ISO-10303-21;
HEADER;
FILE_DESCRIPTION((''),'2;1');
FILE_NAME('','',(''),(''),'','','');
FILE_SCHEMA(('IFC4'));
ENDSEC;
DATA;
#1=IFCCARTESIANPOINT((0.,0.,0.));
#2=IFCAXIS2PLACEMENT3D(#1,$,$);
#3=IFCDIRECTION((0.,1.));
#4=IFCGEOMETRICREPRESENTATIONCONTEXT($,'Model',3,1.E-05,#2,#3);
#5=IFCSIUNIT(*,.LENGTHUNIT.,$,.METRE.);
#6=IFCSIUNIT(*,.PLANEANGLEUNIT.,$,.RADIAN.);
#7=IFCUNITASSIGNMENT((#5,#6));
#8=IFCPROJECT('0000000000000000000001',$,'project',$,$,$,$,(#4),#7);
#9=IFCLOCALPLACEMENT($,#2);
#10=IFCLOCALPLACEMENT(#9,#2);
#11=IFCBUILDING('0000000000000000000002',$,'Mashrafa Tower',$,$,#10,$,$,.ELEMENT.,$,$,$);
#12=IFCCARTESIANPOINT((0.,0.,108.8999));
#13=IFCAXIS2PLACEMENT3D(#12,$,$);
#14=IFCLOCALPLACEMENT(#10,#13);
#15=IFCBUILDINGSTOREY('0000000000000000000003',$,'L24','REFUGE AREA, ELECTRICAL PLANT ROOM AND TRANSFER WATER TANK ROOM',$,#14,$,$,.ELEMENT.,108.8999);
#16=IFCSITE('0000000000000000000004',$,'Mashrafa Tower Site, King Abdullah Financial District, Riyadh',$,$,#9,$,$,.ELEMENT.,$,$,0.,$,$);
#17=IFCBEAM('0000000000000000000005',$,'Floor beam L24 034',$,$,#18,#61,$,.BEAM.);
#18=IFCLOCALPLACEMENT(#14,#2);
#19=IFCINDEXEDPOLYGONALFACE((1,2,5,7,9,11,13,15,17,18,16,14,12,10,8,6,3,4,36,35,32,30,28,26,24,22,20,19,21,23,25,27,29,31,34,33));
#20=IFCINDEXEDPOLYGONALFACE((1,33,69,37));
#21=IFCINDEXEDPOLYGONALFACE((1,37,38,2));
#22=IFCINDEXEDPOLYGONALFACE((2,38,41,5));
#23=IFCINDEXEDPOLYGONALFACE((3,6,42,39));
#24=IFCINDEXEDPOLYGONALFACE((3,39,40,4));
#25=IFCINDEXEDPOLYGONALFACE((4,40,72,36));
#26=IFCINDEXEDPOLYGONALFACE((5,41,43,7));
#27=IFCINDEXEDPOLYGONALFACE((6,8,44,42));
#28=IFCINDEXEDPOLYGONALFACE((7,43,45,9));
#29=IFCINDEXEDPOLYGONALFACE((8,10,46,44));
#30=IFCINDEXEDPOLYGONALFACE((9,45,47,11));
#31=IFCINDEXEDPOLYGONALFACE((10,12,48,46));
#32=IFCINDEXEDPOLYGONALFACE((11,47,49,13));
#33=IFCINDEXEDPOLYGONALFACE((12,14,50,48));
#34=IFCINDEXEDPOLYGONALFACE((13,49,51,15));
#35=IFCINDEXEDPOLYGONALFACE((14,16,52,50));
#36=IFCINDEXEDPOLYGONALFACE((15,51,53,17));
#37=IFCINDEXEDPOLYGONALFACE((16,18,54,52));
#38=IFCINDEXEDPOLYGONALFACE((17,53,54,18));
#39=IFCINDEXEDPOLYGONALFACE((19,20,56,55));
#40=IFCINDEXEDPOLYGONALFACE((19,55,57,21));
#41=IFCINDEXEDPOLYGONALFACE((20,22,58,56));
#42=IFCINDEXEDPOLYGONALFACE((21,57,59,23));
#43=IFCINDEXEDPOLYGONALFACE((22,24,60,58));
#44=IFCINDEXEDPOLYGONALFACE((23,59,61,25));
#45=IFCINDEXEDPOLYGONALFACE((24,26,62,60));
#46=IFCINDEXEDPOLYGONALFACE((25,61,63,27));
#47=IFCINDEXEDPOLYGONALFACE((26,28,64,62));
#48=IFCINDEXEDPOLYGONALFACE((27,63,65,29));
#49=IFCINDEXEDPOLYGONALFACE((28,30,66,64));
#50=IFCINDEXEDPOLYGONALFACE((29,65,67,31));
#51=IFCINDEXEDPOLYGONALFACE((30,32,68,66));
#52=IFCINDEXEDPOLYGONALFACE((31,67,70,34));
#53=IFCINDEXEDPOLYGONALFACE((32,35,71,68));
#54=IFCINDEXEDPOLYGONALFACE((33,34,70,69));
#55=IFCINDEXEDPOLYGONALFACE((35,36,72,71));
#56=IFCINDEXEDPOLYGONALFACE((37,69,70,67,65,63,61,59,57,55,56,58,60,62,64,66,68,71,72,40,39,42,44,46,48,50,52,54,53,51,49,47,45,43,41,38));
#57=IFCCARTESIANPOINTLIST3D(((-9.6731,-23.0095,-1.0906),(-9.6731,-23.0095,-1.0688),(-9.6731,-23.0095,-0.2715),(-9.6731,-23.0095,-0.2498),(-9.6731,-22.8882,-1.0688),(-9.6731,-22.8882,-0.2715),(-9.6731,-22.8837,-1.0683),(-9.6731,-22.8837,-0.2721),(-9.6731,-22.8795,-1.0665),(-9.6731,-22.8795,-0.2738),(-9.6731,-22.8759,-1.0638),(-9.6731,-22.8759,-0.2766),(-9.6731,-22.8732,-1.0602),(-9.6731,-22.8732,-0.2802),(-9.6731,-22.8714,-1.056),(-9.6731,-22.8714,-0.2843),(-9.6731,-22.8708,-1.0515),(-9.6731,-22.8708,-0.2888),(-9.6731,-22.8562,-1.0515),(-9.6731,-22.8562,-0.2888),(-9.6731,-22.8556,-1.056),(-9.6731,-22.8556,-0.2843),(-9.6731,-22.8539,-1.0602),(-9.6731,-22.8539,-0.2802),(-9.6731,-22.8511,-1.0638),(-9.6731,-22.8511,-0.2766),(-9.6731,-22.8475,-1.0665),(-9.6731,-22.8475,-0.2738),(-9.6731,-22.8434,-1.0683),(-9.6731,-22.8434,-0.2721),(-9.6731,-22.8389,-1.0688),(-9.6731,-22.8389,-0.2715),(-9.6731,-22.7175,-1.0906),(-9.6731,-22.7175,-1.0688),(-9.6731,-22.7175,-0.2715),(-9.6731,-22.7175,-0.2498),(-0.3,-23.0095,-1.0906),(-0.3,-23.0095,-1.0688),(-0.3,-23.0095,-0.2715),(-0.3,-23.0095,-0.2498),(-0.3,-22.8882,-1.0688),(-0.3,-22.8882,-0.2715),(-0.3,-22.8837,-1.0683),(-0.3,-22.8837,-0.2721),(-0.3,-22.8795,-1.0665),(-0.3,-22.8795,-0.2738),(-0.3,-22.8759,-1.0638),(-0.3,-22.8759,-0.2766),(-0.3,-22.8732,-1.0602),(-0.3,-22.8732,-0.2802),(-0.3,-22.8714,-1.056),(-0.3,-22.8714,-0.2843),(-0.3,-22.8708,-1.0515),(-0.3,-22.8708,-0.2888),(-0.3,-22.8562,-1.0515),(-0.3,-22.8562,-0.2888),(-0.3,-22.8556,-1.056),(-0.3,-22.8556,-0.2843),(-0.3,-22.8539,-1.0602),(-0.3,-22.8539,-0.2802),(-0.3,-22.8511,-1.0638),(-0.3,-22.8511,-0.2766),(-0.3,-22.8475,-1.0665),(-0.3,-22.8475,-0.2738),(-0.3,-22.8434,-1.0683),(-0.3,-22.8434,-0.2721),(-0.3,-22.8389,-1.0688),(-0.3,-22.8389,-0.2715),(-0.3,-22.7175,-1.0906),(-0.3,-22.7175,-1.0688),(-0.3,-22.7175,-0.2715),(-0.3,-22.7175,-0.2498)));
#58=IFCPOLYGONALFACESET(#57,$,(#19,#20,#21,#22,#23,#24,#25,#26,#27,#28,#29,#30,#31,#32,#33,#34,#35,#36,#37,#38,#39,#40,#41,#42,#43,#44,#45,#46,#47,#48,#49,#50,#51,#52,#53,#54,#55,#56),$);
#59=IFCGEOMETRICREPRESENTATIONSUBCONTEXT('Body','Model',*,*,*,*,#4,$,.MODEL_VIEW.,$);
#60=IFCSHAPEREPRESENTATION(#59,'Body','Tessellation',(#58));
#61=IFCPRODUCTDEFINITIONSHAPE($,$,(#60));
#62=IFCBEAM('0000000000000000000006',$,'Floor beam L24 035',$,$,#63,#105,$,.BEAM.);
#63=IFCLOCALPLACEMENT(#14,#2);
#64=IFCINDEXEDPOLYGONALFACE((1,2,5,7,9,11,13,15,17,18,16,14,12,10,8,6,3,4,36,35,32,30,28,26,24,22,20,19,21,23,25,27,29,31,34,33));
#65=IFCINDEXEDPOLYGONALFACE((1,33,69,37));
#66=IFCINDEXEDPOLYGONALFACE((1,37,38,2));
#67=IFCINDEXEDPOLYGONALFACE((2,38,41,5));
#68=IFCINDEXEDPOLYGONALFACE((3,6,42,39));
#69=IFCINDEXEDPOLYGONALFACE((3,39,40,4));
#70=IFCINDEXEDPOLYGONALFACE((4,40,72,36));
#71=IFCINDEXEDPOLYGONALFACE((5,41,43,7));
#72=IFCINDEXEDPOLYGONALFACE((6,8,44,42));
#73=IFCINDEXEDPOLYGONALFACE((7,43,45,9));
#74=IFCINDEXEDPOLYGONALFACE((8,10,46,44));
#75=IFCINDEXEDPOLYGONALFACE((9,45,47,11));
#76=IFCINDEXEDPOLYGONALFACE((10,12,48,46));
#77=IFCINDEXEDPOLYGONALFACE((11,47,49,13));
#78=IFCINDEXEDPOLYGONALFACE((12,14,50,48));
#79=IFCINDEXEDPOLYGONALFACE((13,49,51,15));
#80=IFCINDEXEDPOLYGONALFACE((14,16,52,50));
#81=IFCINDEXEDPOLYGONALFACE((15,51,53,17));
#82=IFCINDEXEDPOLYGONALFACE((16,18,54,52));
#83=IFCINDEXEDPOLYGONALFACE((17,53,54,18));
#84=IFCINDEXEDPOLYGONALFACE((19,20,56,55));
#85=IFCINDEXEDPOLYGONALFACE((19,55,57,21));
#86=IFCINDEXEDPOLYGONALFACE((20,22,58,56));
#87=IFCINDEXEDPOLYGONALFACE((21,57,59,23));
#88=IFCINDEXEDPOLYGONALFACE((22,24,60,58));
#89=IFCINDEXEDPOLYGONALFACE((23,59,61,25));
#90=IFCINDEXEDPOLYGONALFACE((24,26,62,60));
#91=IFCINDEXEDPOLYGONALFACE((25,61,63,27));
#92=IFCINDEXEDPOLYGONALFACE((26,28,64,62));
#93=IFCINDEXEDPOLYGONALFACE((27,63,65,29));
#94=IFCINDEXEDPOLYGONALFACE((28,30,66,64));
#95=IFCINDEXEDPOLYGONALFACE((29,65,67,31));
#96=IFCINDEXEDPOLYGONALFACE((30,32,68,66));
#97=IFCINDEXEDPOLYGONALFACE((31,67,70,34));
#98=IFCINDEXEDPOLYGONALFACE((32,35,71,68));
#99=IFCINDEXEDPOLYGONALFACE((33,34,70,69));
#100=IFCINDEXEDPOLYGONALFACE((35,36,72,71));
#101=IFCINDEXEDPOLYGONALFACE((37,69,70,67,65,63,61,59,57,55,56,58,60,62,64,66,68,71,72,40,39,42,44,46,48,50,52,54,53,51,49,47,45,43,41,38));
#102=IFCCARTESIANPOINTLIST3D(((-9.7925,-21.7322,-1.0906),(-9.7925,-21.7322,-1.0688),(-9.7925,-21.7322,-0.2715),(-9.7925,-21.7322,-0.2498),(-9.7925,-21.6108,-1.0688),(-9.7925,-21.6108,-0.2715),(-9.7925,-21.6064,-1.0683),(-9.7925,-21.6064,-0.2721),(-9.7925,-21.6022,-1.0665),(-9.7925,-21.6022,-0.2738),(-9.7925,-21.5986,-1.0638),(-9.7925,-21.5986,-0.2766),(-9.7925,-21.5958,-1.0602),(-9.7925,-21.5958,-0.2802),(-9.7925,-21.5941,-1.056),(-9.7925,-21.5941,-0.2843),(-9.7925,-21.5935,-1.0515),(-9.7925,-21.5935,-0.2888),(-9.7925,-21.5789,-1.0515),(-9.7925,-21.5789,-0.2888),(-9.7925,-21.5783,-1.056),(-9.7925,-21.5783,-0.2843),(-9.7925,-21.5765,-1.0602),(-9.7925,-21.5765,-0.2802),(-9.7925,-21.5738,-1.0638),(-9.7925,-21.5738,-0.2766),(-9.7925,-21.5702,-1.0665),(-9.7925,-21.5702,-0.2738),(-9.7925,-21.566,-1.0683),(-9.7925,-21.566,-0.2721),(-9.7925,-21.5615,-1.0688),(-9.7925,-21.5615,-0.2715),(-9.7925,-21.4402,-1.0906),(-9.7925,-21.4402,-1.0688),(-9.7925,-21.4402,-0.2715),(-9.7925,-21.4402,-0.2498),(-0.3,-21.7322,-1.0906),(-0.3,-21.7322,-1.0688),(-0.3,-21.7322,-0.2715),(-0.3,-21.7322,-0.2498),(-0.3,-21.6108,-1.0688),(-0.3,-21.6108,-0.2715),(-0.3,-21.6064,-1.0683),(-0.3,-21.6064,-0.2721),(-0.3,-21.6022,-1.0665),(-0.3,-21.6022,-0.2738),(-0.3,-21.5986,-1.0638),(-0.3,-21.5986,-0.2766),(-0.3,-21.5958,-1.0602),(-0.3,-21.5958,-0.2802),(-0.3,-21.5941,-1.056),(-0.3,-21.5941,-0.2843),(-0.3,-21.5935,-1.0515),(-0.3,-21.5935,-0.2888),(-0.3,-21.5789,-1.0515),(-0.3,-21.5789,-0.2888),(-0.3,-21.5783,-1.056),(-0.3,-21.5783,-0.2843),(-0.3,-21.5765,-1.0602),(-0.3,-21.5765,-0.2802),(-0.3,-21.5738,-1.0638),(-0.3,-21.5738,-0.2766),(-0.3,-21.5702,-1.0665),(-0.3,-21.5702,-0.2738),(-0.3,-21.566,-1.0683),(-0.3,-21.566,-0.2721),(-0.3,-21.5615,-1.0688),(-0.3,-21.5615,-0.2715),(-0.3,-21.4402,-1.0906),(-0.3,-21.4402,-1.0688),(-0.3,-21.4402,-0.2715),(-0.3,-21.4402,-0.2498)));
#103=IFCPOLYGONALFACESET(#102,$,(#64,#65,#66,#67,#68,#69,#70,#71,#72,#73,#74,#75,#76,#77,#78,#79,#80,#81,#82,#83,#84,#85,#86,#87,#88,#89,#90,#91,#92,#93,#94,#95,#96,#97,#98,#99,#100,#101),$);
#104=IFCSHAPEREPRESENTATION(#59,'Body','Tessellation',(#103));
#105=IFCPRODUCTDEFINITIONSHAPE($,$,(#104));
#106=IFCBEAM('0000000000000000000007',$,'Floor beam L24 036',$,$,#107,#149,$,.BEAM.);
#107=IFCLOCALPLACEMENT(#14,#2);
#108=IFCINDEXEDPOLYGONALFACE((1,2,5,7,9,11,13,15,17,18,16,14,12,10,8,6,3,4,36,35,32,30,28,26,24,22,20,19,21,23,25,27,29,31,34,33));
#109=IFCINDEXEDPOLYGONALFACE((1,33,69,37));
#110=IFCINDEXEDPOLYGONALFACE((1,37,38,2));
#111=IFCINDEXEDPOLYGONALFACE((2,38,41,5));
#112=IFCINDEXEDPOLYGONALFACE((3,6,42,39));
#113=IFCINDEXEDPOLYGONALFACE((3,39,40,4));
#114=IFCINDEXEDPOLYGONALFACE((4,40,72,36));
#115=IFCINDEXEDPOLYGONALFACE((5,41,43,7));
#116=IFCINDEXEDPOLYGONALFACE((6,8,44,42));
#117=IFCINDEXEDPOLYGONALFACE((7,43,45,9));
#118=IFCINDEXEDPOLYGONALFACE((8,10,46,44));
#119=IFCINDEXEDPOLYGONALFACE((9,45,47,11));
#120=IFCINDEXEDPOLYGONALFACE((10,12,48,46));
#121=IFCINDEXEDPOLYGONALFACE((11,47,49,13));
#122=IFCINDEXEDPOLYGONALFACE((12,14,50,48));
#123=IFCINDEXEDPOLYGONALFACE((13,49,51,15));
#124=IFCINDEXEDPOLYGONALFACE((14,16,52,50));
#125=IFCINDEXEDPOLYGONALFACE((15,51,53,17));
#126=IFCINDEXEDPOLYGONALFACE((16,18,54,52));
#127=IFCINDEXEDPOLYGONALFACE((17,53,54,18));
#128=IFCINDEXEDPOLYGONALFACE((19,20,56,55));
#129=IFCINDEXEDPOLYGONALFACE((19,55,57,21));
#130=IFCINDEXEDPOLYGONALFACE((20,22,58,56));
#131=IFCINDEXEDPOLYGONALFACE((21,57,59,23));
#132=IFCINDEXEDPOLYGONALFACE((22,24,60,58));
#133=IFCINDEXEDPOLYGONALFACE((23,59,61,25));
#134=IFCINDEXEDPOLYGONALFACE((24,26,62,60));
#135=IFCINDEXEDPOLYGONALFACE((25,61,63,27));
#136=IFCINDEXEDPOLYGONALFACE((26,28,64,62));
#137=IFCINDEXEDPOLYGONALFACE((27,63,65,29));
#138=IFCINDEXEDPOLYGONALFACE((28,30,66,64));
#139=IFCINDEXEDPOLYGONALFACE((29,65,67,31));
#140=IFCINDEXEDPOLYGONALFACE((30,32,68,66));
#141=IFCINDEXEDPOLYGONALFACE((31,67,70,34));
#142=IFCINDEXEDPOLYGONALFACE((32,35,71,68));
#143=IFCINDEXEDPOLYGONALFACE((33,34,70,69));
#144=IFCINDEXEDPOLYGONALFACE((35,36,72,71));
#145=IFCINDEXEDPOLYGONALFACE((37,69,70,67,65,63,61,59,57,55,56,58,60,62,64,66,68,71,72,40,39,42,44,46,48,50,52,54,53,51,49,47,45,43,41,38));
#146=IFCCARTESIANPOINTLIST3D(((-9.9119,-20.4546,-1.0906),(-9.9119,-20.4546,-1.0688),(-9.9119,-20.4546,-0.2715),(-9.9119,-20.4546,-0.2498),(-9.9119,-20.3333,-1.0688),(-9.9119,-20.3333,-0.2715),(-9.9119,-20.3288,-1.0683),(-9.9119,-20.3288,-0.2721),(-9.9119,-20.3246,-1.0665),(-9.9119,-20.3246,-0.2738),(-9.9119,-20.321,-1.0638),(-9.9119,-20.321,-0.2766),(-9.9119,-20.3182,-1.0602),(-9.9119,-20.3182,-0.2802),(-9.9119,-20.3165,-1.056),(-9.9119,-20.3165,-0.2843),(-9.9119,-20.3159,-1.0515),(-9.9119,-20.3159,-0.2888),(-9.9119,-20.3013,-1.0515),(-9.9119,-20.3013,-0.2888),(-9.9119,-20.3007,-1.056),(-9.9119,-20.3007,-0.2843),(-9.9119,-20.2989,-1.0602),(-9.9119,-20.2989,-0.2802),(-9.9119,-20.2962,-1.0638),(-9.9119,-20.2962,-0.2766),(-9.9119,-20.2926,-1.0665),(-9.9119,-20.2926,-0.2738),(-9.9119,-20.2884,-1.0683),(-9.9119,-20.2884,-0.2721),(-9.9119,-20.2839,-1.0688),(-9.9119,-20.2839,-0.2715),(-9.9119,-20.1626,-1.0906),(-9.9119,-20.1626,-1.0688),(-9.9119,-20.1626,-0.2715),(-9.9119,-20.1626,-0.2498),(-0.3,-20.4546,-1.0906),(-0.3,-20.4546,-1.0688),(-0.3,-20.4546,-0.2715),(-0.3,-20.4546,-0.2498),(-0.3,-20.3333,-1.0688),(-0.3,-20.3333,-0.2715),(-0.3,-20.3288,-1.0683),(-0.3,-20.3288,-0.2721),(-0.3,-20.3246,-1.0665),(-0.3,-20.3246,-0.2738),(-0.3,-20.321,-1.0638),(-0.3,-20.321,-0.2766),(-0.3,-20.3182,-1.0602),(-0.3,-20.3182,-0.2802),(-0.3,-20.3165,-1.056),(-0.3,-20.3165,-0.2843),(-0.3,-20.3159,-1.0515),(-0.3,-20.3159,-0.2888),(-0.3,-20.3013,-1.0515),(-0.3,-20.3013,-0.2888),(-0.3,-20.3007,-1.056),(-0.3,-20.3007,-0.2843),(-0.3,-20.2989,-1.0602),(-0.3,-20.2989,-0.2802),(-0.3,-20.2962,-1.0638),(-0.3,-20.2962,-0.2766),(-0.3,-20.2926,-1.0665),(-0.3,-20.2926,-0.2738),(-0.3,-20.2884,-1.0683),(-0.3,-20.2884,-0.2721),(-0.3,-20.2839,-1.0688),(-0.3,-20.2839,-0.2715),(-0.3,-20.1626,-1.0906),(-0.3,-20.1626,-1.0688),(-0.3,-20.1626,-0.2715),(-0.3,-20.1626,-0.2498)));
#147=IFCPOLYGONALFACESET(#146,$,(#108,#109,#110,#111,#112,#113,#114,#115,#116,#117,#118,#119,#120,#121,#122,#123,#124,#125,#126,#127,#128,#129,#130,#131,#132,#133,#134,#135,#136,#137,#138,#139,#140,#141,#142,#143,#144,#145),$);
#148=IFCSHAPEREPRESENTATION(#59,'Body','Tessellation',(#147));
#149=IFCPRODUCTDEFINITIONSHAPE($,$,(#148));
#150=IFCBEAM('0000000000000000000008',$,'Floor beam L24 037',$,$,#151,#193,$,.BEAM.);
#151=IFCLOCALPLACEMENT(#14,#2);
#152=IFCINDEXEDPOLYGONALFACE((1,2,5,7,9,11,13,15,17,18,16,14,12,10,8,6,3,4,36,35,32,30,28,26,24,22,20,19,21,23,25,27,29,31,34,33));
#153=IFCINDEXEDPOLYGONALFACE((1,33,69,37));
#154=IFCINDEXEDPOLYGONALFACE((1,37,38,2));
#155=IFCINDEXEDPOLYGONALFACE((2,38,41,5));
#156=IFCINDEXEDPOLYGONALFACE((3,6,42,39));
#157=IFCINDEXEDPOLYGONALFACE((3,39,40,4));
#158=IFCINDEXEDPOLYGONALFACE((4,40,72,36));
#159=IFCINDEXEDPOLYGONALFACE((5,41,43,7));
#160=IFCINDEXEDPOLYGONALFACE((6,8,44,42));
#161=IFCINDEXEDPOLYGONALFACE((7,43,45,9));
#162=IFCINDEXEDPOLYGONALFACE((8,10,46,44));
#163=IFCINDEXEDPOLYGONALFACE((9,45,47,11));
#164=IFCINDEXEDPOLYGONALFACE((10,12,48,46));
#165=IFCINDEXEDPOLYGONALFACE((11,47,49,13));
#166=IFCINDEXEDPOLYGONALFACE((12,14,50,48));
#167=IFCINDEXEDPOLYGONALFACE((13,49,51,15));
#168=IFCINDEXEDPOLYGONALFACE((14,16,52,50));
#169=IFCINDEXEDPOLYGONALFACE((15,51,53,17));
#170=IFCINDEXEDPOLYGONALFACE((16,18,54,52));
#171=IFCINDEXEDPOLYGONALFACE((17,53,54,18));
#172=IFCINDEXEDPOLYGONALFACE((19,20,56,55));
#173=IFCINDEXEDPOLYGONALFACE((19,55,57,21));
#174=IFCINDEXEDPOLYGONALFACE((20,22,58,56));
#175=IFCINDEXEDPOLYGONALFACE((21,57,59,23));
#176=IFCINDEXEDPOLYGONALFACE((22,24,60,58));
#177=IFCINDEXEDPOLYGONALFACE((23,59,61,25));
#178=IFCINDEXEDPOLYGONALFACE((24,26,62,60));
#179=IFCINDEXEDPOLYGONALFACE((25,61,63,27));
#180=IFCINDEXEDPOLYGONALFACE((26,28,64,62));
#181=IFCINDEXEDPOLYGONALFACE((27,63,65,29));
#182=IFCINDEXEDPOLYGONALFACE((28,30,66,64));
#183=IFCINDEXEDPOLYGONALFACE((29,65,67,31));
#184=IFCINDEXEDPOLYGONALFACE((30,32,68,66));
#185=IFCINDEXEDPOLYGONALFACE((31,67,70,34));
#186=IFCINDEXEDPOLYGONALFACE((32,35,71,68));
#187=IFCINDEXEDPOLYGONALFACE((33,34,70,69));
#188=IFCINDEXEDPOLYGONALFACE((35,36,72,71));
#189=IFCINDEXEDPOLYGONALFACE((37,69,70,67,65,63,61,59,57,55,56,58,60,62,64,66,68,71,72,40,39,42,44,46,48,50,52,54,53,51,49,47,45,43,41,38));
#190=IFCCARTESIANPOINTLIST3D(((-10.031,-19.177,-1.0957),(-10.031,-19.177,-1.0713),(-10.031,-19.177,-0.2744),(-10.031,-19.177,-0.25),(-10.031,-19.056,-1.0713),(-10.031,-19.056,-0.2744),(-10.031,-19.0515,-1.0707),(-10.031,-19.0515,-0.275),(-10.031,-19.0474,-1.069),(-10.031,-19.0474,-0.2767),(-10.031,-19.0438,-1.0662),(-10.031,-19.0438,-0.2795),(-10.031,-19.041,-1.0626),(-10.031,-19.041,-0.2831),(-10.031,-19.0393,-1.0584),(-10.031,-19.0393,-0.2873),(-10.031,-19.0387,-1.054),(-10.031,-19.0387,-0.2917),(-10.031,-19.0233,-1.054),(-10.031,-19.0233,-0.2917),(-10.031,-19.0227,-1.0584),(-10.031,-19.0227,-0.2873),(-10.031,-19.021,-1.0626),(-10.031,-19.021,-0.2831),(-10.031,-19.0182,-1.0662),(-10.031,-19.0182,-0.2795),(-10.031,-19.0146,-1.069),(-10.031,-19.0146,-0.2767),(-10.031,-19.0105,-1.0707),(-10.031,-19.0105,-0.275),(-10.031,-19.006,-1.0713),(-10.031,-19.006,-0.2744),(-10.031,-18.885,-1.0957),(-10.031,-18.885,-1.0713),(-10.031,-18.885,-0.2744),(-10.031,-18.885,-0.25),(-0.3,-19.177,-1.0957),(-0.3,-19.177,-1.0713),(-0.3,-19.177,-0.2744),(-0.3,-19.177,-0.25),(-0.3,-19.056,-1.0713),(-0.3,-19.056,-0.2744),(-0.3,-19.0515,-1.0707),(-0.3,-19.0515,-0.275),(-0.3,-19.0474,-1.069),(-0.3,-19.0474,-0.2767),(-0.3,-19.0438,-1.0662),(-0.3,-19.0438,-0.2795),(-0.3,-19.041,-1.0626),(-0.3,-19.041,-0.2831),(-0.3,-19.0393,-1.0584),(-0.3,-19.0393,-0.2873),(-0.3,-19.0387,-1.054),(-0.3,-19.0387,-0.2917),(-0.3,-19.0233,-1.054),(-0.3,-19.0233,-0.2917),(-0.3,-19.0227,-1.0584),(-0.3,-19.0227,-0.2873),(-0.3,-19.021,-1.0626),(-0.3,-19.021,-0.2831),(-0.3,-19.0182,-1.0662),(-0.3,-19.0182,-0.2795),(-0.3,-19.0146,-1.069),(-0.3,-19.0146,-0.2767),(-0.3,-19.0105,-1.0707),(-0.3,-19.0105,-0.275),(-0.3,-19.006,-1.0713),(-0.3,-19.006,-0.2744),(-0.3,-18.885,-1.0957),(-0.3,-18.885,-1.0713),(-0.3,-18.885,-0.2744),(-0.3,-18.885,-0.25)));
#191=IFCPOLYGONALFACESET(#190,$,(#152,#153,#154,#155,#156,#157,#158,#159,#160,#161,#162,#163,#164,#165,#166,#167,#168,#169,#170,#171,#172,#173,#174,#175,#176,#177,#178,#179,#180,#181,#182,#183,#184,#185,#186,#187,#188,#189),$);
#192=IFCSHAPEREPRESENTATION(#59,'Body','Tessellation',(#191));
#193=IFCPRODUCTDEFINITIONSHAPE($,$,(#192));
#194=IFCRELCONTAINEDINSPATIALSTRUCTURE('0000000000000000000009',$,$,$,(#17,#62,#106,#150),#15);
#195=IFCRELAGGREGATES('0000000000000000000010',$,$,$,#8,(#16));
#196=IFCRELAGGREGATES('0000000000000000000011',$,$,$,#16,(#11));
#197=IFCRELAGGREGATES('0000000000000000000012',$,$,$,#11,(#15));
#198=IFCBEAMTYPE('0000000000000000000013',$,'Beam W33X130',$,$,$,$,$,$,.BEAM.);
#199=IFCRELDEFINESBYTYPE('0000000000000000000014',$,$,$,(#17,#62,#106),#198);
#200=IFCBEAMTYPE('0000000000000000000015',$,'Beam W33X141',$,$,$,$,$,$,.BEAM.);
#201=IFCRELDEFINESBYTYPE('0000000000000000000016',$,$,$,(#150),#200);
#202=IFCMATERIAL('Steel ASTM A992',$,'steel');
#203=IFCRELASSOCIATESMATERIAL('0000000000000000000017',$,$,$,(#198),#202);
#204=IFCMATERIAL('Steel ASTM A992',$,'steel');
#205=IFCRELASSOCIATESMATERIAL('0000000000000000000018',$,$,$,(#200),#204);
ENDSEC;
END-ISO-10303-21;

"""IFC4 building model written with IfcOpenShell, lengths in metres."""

from ifc_helpers import new_model, si_unit, direction, frame, origin, origin_2d, place, context, subcontext, project, spatial, i_section, extrude, material, material_profile, profile_set, type_object, element, save


model = new_model("IFC4")

# Units and contexts
model_context = context("Model", 3, precision=1e-05, world=origin(), true_north=direction((0.0, 1.0)))
body_context = subcontext(model_context, "Body", "Model", "MODEL_VIEW")
ifc_project = project(units=[si_unit("LENGTHUNIT", "METRE"), si_unit("PLANEANGLEUNIT", "RADIAN")], contexts=[model_context])

# Site, building, storey
site_placement = place(None, origin())
site = spatial("IfcSite", under=ifc_project, at=site_placement, Name="Mashrafa Tower Site, King Abdullah Financial District, Riyadh", CompositionType="ELEMENT", RefElevation=0.0)
building_placement = place(site_placement, origin())
building = spatial("IfcBuilding", under=site, at=building_placement, Name="Mashrafa Tower", CompositionType="ELEMENT")
storey_placement = place(building_placement, frame((0.0, 0.0, 108.8999)))
storey = spatial("IfcBuildingStorey", under=building, at=storey_placement, Name="L24", Description="REFUGE AREA, ELECTRICAL PLANT ROOM AND TRANSFER WATER TANK ROOM", CompositionType="ELEMENT", Elevation=108.8999)

# Beams
ifc_material_1 = material(Name="Steel ASTM A992", Category="steel")
ifc_material_profile_1 = material_profile(ifc_material_1, i_section(OverallWidth=0.292, OverallDepth=0.8408, WebThickness=0.0146, FlangeThickness=0.0217, FilletRadius=0.0173, at=origin_2d()), Name="W33X130")
ifc_profile_set_1 = profile_set([ifc_material_profile_1], Name="Steel ASTM A992")
beam_type_1 = type_object("IfcBeamType", Name="Beam W33X130", PredefinedType="BEAM", material=ifc_profile_set_1)
beam_1_placement = place(storey_placement, frame((-0.3, -22.8635, -0.6702), z_axis=(-1.0, 0.0, 0.0), x_axis=(0.0, -1.0, 0.0)))
element("IfcBeam", 1, at=beam_1_placement, inside=storey, type_object=beam_type_1, Name="Floor beam L24 034", PredefinedType="BEAM", context=body_context, shape_type="SweptSolid", body=[
    extrude(i_section(OverallWidth=0.292, OverallDepth=0.8408, WebThickness=0.0146, FlangeThickness=0.0217, FilletRadius=0.0173, at=origin_2d()), origin(), (0.0, 0.0, 1.0), 9.373),
])
beam_2_placement = place(storey_placement, frame((-0.3, -21.5862, -0.6702), z_axis=(-1.0, 0.0, 0.0), x_axis=(0.0, -1.0, 0.0)))
element("IfcBeam", 2, at=beam_2_placement, inside=storey, type_object=beam_type_1, Name="Floor beam L24 035", PredefinedType="BEAM", context=body_context, shape_type="SweptSolid", body=[
    extrude(i_section(OverallWidth=0.292, OverallDepth=0.8408, WebThickness=0.0146, FlangeThickness=0.0217, FilletRadius=0.0173, at=origin_2d()), origin(), (0.0, 0.0, 1.0), 9.4924),
])
beam_3_placement = place(storey_placement, frame((-0.3, -20.3086, -0.6702), z_axis=(-1.0, 0.0, 0.0), x_axis=(0.0, -1.0, 0.0)))
element("IfcBeam", 3, at=beam_3_placement, inside=storey, type_object=beam_type_1, Name="Floor beam L24 036", PredefinedType="BEAM", context=body_context, shape_type="SweptSolid", body=[
    extrude(i_section(OverallWidth=0.292, OverallDepth=0.8408, WebThickness=0.0146, FlangeThickness=0.0217, FilletRadius=0.0173, at=origin_2d()), origin(), (0.0, 0.0, 1.0), 9.6118),
])
ifc_material_2 = material(Name="Steel ASTM A992", Category="steel")
ifc_material_profile_2 = material_profile(ifc_material_2, i_section(OverallWidth=0.292, OverallDepth=0.8457, WebThickness=0.0154, FlangeThickness=0.0244, FilletRadius=0.0173, at=origin_2d()), Name="W33X141")
ifc_profile_set_2 = profile_set([ifc_material_profile_2], Name="Steel ASTM A992")
beam_type_2 = type_object("IfcBeamType", Name="Beam W33X141", PredefinedType="BEAM", material=ifc_profile_set_2)
beam_4_placement = place(storey_placement, frame((-0.3, -19.031, -0.6729), z_axis=(-1.0, 0.0, 0.0), x_axis=(0.0, -1.0, 0.0)))
element("IfcBeam", 4, at=beam_4_placement, inside=storey, type_object=beam_type_2, Name="Floor beam L24 037", PredefinedType="BEAM", context=body_context, shape_type="SweptSolid", body=[
    extrude(i_section(OverallWidth=0.292, OverallDepth=0.8457, WebThickness=0.0154, FlangeThickness=0.0244, FilletRadius=0.0173, at=origin_2d()), origin(), (0.0, 0.0, 1.0), 9.731),
])

save(model, "model.ifc")
